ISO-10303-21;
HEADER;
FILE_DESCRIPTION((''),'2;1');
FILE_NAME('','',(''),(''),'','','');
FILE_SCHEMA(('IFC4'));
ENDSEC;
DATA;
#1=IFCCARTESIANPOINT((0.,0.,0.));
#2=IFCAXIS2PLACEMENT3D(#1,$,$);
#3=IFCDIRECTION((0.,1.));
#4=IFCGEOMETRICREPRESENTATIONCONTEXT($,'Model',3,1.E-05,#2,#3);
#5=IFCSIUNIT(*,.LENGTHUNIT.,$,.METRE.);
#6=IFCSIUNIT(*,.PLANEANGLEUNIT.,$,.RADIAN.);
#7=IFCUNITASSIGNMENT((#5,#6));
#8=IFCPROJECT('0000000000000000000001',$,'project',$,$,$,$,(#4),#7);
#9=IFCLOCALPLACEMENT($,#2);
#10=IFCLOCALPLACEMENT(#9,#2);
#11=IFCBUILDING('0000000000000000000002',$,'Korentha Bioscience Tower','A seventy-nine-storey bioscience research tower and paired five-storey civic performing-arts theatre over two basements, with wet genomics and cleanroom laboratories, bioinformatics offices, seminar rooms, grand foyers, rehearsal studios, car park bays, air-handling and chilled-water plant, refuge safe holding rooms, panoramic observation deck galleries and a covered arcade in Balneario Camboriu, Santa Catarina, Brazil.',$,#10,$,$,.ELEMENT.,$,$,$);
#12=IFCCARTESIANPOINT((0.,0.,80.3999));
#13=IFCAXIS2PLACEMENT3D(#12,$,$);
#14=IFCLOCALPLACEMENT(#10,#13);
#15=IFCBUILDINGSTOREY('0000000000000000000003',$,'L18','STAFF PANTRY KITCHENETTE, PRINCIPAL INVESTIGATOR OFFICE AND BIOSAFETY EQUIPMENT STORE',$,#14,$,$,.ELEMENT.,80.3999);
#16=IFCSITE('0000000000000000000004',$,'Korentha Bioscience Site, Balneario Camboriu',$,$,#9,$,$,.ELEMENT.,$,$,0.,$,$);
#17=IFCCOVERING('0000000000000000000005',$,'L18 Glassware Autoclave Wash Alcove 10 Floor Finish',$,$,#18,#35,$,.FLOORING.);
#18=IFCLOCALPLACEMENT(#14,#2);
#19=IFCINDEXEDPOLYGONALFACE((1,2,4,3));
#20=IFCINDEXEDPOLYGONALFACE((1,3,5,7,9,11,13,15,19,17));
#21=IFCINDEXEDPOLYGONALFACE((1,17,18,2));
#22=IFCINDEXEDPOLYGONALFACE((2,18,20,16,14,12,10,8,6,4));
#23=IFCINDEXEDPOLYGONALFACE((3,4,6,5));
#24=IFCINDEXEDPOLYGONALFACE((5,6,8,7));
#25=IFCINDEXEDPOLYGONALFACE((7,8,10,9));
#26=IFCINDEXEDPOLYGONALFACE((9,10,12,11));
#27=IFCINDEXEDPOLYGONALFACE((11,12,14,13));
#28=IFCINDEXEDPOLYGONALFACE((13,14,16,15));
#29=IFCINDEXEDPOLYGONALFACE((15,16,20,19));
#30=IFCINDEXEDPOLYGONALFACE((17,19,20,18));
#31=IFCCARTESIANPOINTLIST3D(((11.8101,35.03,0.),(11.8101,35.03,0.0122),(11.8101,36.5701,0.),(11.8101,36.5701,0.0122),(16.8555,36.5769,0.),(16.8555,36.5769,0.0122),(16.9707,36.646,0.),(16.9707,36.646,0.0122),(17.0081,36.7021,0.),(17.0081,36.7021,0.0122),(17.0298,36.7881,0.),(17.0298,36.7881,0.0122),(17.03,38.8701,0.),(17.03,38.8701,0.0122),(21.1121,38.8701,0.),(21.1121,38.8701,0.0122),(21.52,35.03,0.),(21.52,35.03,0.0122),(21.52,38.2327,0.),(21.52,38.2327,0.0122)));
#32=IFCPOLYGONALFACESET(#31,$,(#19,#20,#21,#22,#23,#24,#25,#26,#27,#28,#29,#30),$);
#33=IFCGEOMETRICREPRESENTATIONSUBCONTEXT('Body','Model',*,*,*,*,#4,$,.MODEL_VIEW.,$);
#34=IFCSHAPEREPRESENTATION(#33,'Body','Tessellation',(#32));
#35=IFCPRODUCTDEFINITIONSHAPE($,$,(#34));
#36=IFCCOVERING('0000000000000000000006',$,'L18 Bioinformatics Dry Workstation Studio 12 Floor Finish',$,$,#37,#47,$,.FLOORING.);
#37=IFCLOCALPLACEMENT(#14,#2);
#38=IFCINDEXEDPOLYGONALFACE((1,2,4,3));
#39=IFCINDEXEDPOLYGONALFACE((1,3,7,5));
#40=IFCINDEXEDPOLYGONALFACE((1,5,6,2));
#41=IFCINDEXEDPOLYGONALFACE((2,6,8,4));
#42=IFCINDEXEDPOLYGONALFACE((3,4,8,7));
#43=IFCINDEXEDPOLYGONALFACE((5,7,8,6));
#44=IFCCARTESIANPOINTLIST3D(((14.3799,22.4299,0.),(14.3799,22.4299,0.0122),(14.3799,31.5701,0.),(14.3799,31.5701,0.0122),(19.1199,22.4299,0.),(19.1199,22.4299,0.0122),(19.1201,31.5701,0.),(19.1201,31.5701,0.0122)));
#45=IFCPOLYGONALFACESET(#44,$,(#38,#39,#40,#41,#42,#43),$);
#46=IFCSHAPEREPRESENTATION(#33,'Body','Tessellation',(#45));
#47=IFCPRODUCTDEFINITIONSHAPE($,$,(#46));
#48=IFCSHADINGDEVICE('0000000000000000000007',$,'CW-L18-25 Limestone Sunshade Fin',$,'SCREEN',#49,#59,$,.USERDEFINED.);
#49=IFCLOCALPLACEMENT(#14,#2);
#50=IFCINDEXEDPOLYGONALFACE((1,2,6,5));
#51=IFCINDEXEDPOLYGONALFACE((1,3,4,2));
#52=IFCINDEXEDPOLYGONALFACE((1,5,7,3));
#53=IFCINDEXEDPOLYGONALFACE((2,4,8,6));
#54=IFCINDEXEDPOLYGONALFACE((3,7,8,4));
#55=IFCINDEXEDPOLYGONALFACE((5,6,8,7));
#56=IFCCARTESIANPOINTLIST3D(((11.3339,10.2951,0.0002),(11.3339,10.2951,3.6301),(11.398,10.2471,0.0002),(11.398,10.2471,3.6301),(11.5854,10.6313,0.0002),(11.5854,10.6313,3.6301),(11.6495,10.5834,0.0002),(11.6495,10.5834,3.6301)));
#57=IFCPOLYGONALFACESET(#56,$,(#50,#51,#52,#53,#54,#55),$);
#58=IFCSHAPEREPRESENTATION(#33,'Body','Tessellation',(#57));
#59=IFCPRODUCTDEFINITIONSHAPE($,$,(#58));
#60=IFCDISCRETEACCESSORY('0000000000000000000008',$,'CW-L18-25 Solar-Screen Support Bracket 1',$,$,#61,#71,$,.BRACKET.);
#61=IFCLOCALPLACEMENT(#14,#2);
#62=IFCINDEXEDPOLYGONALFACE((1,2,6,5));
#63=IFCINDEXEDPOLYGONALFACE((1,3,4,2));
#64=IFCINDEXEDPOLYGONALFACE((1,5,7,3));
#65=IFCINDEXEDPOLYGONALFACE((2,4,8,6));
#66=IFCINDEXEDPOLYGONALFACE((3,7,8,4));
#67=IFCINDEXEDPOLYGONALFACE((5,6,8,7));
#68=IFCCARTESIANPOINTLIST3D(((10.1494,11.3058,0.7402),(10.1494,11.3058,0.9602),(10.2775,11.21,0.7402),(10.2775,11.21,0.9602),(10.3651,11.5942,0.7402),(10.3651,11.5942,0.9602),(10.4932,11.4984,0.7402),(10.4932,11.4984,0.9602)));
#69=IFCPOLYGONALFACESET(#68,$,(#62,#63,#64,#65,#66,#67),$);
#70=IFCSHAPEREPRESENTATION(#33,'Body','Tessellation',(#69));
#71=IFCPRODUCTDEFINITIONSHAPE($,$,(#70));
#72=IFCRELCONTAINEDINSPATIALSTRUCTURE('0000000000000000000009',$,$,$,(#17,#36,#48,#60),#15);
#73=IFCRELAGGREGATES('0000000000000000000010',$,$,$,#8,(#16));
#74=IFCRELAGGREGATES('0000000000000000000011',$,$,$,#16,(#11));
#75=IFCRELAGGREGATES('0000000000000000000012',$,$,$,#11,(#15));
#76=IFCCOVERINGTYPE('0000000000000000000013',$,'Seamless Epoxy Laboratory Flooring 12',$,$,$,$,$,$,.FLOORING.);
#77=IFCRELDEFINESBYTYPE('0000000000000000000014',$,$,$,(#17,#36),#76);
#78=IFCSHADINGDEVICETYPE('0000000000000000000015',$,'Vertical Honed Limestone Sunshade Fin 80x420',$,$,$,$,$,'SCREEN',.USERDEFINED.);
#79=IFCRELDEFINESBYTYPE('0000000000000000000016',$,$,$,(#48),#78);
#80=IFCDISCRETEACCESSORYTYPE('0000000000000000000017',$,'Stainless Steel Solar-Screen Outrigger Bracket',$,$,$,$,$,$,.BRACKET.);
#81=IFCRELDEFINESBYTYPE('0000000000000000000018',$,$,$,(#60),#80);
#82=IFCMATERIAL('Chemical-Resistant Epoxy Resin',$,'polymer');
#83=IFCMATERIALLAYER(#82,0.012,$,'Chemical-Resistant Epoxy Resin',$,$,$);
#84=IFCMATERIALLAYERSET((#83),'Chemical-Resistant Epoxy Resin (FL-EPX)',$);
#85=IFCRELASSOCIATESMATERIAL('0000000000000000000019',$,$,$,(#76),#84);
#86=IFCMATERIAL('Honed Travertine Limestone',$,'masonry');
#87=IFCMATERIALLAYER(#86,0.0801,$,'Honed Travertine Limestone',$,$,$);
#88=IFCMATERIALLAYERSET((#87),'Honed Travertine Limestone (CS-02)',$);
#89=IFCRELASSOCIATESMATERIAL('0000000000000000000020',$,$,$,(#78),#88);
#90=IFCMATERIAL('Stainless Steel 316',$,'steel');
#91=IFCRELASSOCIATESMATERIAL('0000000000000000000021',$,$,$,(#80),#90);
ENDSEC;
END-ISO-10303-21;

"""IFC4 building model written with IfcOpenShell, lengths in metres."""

from ifc_helpers import new_model, si_unit, direction, frame, origin, origin_2d, place, context, subcontext, project, spatial, polyline, rectangle, outline, extrude, material, layer, layer_set, type_object, element, save


model = new_model("IFC4")

# Units and contexts
model_context = context("Model", 3, precision=1e-05, world=origin(), true_north=direction((0.0, 1.0)))
body_context = subcontext(model_context, "Body", "Model", "MODEL_VIEW")
ifc_project = project(units=[si_unit("LENGTHUNIT", "METRE"), si_unit("PLANEANGLEUNIT", "RADIAN")], contexts=[model_context])

# Site, building, storey
site_placement = place(None, origin())
site = spatial("IfcSite", under=ifc_project, at=site_placement, Name="Korentha Bioscience Site, Balneario Camboriu", CompositionType="ELEMENT", RefElevation=0.0)
building_placement = place(site_placement, origin())
building = spatial("IfcBuilding", under=site, at=building_placement, Name="Korentha Bioscience Tower", Description="A seventy-nine-storey bioscience research tower and paired five-storey civic performing-arts theatre over two basements, with wet genomics and cleanroom laboratories, bioinformatics offices, seminar rooms, grand foyers, rehearsal studios, car park bays, air-handling and chilled-water plant, refuge safe holding rooms, panoramic observation deck galleries and a covered arcade in Balneario Camboriu, Santa Catarina, Brazil.", CompositionType="ELEMENT")
storey_placement = place(building_placement, frame((0.0, 0.0, 80.3999)))
storey = spatial("IfcBuildingStorey", under=building, at=storey_placement, Name="L18", Description="STAFF PANTRY KITCHENETTE, PRINCIPAL INVESTIGATOR OFFICE AND BIOSAFETY EQUIPMENT STORE", CompositionType="ELEMENT", Elevation=80.3999)

# Coverings
ifc_material_1 = material(Name="Chemical-Resistant Epoxy Resin", Category="polymer")
ifc_layer_1 = layer(ifc_material_1, 0.012, Name="Chemical-Resistant Epoxy Resin")
ifc_layer_set_1 = layer_set([ifc_layer_1], Name="Chemical-Resistant Epoxy Resin (FL-EPX)")
covering_type_1 = type_object("IfcCoveringType", Name="Seamless Epoxy Laboratory Flooring 12", PredefinedType="FLOORING", material=ifc_layer_set_1)
covering_1_placement = place(storey_placement, origin())
element("IfcCovering", 1, at=covering_1_placement, inside=storey, type_object=covering_type_1, Name="L18 Glassware Autoclave Wash Alcove 10 Floor Finish", PredefinedType="FLOORING", context=body_context, shape_type="SweptSolid", body=[
    extrude(outline(polyline([(21.52, 35.03), (11.8101, 35.03), (11.8101, 36.5701), (16.8555, 36.5769), (16.9707, 36.646), (17.0081, 36.7021), (17.0298, 36.7881), (17.03, 38.8701), (21.1121, 38.8701), (21.52, 38.2327), (21.52, 35.03)])), origin(), (0.0, 0.0, 1.0), 0.0122),
])
covering_2_placement = place(storey_placement, origin())
element("IfcCovering", 2, at=covering_2_placement, inside=storey, type_object=covering_type_1, Name="L18 Bioinformatics Dry Workstation Studio 12 Floor Finish", PredefinedType="FLOORING", context=body_context, shape_type="SweptSolid", body=[
    extrude(outline(polyline([(14.3799, 22.4299), (14.3799, 31.5701), (19.1201, 31.5701), (19.1199, 22.4299), (14.3799, 22.4299)])), origin(), (0.0, 0.0, 1.0), 0.0122),
])

# Shading device
ifc_material_2 = material(Name="Honed Travertine Limestone", Category="masonry")
ifc_layer_2 = layer(ifc_material_2, 0.0801, Name="Honed Travertine Limestone")
ifc_layer_set_2 = layer_set([ifc_layer_2], Name="Honed Travertine Limestone (CS-02)")
shading_device_type_1 = type_object("IfcShadingDeviceType", Name="Vertical Honed Limestone Sunshade Fin 80x420", ElementType="SCREEN", PredefinedType="USERDEFINED", material=ifc_layer_set_2)
shading_device_1_placement = place(storey_placement, frame((11.4917, 10.4392, 0.0002), z_axis=(0.0, 0.0, 1.0), x_axis=(0.800798, -0.598935, 0.0)))
element("IfcShadingDevice", 3, at=shading_device_1_placement, inside=storey, type_object=shading_device_type_1, Name="CW-L18-25 Limestone Sunshade Fin", ObjectType="SCREEN", PredefinedType="USERDEFINED", context=body_context, shape_type="SweptSolid", body=[
    extrude(rectangle(XDim=0.0801, YDim=0.4199, at=origin_2d()), origin(), (0.0, 0.0, 1.0), 3.6299),
])

# Discrete accessory
ifc_material_3 = material(Name="Stainless Steel 316", Category="steel")
discrete_accessory_type = type_object("IfcDiscreteAccessoryType", Name="Stainless Steel Solar-Screen Outrigger Bracket", PredefinedType="BRACKET", material=ifc_material_3)
discrete_accessory_placement = place(storey_placement, frame((10.3213, 11.4021, 0.7402), z_axis=(0.0, 0.0, 1.0), x_axis=(0.800798, -0.598935, 0.0)))
element("IfcDiscreteAccessory", 4, at=discrete_accessory_placement, inside=storey, type_object=discrete_accessory_type, Name="CW-L18-25 Solar-Screen Support Bracket 1", PredefinedType="BRACKET", context=body_context, shape_type="SweptSolid", body=[
    extrude(rectangle(XDim=0.1599, YDim=0.3601, at=origin_2d()), origin(), (0.0, 0.0, 1.0), 0.22),
])

save(model, "model.ifc")
